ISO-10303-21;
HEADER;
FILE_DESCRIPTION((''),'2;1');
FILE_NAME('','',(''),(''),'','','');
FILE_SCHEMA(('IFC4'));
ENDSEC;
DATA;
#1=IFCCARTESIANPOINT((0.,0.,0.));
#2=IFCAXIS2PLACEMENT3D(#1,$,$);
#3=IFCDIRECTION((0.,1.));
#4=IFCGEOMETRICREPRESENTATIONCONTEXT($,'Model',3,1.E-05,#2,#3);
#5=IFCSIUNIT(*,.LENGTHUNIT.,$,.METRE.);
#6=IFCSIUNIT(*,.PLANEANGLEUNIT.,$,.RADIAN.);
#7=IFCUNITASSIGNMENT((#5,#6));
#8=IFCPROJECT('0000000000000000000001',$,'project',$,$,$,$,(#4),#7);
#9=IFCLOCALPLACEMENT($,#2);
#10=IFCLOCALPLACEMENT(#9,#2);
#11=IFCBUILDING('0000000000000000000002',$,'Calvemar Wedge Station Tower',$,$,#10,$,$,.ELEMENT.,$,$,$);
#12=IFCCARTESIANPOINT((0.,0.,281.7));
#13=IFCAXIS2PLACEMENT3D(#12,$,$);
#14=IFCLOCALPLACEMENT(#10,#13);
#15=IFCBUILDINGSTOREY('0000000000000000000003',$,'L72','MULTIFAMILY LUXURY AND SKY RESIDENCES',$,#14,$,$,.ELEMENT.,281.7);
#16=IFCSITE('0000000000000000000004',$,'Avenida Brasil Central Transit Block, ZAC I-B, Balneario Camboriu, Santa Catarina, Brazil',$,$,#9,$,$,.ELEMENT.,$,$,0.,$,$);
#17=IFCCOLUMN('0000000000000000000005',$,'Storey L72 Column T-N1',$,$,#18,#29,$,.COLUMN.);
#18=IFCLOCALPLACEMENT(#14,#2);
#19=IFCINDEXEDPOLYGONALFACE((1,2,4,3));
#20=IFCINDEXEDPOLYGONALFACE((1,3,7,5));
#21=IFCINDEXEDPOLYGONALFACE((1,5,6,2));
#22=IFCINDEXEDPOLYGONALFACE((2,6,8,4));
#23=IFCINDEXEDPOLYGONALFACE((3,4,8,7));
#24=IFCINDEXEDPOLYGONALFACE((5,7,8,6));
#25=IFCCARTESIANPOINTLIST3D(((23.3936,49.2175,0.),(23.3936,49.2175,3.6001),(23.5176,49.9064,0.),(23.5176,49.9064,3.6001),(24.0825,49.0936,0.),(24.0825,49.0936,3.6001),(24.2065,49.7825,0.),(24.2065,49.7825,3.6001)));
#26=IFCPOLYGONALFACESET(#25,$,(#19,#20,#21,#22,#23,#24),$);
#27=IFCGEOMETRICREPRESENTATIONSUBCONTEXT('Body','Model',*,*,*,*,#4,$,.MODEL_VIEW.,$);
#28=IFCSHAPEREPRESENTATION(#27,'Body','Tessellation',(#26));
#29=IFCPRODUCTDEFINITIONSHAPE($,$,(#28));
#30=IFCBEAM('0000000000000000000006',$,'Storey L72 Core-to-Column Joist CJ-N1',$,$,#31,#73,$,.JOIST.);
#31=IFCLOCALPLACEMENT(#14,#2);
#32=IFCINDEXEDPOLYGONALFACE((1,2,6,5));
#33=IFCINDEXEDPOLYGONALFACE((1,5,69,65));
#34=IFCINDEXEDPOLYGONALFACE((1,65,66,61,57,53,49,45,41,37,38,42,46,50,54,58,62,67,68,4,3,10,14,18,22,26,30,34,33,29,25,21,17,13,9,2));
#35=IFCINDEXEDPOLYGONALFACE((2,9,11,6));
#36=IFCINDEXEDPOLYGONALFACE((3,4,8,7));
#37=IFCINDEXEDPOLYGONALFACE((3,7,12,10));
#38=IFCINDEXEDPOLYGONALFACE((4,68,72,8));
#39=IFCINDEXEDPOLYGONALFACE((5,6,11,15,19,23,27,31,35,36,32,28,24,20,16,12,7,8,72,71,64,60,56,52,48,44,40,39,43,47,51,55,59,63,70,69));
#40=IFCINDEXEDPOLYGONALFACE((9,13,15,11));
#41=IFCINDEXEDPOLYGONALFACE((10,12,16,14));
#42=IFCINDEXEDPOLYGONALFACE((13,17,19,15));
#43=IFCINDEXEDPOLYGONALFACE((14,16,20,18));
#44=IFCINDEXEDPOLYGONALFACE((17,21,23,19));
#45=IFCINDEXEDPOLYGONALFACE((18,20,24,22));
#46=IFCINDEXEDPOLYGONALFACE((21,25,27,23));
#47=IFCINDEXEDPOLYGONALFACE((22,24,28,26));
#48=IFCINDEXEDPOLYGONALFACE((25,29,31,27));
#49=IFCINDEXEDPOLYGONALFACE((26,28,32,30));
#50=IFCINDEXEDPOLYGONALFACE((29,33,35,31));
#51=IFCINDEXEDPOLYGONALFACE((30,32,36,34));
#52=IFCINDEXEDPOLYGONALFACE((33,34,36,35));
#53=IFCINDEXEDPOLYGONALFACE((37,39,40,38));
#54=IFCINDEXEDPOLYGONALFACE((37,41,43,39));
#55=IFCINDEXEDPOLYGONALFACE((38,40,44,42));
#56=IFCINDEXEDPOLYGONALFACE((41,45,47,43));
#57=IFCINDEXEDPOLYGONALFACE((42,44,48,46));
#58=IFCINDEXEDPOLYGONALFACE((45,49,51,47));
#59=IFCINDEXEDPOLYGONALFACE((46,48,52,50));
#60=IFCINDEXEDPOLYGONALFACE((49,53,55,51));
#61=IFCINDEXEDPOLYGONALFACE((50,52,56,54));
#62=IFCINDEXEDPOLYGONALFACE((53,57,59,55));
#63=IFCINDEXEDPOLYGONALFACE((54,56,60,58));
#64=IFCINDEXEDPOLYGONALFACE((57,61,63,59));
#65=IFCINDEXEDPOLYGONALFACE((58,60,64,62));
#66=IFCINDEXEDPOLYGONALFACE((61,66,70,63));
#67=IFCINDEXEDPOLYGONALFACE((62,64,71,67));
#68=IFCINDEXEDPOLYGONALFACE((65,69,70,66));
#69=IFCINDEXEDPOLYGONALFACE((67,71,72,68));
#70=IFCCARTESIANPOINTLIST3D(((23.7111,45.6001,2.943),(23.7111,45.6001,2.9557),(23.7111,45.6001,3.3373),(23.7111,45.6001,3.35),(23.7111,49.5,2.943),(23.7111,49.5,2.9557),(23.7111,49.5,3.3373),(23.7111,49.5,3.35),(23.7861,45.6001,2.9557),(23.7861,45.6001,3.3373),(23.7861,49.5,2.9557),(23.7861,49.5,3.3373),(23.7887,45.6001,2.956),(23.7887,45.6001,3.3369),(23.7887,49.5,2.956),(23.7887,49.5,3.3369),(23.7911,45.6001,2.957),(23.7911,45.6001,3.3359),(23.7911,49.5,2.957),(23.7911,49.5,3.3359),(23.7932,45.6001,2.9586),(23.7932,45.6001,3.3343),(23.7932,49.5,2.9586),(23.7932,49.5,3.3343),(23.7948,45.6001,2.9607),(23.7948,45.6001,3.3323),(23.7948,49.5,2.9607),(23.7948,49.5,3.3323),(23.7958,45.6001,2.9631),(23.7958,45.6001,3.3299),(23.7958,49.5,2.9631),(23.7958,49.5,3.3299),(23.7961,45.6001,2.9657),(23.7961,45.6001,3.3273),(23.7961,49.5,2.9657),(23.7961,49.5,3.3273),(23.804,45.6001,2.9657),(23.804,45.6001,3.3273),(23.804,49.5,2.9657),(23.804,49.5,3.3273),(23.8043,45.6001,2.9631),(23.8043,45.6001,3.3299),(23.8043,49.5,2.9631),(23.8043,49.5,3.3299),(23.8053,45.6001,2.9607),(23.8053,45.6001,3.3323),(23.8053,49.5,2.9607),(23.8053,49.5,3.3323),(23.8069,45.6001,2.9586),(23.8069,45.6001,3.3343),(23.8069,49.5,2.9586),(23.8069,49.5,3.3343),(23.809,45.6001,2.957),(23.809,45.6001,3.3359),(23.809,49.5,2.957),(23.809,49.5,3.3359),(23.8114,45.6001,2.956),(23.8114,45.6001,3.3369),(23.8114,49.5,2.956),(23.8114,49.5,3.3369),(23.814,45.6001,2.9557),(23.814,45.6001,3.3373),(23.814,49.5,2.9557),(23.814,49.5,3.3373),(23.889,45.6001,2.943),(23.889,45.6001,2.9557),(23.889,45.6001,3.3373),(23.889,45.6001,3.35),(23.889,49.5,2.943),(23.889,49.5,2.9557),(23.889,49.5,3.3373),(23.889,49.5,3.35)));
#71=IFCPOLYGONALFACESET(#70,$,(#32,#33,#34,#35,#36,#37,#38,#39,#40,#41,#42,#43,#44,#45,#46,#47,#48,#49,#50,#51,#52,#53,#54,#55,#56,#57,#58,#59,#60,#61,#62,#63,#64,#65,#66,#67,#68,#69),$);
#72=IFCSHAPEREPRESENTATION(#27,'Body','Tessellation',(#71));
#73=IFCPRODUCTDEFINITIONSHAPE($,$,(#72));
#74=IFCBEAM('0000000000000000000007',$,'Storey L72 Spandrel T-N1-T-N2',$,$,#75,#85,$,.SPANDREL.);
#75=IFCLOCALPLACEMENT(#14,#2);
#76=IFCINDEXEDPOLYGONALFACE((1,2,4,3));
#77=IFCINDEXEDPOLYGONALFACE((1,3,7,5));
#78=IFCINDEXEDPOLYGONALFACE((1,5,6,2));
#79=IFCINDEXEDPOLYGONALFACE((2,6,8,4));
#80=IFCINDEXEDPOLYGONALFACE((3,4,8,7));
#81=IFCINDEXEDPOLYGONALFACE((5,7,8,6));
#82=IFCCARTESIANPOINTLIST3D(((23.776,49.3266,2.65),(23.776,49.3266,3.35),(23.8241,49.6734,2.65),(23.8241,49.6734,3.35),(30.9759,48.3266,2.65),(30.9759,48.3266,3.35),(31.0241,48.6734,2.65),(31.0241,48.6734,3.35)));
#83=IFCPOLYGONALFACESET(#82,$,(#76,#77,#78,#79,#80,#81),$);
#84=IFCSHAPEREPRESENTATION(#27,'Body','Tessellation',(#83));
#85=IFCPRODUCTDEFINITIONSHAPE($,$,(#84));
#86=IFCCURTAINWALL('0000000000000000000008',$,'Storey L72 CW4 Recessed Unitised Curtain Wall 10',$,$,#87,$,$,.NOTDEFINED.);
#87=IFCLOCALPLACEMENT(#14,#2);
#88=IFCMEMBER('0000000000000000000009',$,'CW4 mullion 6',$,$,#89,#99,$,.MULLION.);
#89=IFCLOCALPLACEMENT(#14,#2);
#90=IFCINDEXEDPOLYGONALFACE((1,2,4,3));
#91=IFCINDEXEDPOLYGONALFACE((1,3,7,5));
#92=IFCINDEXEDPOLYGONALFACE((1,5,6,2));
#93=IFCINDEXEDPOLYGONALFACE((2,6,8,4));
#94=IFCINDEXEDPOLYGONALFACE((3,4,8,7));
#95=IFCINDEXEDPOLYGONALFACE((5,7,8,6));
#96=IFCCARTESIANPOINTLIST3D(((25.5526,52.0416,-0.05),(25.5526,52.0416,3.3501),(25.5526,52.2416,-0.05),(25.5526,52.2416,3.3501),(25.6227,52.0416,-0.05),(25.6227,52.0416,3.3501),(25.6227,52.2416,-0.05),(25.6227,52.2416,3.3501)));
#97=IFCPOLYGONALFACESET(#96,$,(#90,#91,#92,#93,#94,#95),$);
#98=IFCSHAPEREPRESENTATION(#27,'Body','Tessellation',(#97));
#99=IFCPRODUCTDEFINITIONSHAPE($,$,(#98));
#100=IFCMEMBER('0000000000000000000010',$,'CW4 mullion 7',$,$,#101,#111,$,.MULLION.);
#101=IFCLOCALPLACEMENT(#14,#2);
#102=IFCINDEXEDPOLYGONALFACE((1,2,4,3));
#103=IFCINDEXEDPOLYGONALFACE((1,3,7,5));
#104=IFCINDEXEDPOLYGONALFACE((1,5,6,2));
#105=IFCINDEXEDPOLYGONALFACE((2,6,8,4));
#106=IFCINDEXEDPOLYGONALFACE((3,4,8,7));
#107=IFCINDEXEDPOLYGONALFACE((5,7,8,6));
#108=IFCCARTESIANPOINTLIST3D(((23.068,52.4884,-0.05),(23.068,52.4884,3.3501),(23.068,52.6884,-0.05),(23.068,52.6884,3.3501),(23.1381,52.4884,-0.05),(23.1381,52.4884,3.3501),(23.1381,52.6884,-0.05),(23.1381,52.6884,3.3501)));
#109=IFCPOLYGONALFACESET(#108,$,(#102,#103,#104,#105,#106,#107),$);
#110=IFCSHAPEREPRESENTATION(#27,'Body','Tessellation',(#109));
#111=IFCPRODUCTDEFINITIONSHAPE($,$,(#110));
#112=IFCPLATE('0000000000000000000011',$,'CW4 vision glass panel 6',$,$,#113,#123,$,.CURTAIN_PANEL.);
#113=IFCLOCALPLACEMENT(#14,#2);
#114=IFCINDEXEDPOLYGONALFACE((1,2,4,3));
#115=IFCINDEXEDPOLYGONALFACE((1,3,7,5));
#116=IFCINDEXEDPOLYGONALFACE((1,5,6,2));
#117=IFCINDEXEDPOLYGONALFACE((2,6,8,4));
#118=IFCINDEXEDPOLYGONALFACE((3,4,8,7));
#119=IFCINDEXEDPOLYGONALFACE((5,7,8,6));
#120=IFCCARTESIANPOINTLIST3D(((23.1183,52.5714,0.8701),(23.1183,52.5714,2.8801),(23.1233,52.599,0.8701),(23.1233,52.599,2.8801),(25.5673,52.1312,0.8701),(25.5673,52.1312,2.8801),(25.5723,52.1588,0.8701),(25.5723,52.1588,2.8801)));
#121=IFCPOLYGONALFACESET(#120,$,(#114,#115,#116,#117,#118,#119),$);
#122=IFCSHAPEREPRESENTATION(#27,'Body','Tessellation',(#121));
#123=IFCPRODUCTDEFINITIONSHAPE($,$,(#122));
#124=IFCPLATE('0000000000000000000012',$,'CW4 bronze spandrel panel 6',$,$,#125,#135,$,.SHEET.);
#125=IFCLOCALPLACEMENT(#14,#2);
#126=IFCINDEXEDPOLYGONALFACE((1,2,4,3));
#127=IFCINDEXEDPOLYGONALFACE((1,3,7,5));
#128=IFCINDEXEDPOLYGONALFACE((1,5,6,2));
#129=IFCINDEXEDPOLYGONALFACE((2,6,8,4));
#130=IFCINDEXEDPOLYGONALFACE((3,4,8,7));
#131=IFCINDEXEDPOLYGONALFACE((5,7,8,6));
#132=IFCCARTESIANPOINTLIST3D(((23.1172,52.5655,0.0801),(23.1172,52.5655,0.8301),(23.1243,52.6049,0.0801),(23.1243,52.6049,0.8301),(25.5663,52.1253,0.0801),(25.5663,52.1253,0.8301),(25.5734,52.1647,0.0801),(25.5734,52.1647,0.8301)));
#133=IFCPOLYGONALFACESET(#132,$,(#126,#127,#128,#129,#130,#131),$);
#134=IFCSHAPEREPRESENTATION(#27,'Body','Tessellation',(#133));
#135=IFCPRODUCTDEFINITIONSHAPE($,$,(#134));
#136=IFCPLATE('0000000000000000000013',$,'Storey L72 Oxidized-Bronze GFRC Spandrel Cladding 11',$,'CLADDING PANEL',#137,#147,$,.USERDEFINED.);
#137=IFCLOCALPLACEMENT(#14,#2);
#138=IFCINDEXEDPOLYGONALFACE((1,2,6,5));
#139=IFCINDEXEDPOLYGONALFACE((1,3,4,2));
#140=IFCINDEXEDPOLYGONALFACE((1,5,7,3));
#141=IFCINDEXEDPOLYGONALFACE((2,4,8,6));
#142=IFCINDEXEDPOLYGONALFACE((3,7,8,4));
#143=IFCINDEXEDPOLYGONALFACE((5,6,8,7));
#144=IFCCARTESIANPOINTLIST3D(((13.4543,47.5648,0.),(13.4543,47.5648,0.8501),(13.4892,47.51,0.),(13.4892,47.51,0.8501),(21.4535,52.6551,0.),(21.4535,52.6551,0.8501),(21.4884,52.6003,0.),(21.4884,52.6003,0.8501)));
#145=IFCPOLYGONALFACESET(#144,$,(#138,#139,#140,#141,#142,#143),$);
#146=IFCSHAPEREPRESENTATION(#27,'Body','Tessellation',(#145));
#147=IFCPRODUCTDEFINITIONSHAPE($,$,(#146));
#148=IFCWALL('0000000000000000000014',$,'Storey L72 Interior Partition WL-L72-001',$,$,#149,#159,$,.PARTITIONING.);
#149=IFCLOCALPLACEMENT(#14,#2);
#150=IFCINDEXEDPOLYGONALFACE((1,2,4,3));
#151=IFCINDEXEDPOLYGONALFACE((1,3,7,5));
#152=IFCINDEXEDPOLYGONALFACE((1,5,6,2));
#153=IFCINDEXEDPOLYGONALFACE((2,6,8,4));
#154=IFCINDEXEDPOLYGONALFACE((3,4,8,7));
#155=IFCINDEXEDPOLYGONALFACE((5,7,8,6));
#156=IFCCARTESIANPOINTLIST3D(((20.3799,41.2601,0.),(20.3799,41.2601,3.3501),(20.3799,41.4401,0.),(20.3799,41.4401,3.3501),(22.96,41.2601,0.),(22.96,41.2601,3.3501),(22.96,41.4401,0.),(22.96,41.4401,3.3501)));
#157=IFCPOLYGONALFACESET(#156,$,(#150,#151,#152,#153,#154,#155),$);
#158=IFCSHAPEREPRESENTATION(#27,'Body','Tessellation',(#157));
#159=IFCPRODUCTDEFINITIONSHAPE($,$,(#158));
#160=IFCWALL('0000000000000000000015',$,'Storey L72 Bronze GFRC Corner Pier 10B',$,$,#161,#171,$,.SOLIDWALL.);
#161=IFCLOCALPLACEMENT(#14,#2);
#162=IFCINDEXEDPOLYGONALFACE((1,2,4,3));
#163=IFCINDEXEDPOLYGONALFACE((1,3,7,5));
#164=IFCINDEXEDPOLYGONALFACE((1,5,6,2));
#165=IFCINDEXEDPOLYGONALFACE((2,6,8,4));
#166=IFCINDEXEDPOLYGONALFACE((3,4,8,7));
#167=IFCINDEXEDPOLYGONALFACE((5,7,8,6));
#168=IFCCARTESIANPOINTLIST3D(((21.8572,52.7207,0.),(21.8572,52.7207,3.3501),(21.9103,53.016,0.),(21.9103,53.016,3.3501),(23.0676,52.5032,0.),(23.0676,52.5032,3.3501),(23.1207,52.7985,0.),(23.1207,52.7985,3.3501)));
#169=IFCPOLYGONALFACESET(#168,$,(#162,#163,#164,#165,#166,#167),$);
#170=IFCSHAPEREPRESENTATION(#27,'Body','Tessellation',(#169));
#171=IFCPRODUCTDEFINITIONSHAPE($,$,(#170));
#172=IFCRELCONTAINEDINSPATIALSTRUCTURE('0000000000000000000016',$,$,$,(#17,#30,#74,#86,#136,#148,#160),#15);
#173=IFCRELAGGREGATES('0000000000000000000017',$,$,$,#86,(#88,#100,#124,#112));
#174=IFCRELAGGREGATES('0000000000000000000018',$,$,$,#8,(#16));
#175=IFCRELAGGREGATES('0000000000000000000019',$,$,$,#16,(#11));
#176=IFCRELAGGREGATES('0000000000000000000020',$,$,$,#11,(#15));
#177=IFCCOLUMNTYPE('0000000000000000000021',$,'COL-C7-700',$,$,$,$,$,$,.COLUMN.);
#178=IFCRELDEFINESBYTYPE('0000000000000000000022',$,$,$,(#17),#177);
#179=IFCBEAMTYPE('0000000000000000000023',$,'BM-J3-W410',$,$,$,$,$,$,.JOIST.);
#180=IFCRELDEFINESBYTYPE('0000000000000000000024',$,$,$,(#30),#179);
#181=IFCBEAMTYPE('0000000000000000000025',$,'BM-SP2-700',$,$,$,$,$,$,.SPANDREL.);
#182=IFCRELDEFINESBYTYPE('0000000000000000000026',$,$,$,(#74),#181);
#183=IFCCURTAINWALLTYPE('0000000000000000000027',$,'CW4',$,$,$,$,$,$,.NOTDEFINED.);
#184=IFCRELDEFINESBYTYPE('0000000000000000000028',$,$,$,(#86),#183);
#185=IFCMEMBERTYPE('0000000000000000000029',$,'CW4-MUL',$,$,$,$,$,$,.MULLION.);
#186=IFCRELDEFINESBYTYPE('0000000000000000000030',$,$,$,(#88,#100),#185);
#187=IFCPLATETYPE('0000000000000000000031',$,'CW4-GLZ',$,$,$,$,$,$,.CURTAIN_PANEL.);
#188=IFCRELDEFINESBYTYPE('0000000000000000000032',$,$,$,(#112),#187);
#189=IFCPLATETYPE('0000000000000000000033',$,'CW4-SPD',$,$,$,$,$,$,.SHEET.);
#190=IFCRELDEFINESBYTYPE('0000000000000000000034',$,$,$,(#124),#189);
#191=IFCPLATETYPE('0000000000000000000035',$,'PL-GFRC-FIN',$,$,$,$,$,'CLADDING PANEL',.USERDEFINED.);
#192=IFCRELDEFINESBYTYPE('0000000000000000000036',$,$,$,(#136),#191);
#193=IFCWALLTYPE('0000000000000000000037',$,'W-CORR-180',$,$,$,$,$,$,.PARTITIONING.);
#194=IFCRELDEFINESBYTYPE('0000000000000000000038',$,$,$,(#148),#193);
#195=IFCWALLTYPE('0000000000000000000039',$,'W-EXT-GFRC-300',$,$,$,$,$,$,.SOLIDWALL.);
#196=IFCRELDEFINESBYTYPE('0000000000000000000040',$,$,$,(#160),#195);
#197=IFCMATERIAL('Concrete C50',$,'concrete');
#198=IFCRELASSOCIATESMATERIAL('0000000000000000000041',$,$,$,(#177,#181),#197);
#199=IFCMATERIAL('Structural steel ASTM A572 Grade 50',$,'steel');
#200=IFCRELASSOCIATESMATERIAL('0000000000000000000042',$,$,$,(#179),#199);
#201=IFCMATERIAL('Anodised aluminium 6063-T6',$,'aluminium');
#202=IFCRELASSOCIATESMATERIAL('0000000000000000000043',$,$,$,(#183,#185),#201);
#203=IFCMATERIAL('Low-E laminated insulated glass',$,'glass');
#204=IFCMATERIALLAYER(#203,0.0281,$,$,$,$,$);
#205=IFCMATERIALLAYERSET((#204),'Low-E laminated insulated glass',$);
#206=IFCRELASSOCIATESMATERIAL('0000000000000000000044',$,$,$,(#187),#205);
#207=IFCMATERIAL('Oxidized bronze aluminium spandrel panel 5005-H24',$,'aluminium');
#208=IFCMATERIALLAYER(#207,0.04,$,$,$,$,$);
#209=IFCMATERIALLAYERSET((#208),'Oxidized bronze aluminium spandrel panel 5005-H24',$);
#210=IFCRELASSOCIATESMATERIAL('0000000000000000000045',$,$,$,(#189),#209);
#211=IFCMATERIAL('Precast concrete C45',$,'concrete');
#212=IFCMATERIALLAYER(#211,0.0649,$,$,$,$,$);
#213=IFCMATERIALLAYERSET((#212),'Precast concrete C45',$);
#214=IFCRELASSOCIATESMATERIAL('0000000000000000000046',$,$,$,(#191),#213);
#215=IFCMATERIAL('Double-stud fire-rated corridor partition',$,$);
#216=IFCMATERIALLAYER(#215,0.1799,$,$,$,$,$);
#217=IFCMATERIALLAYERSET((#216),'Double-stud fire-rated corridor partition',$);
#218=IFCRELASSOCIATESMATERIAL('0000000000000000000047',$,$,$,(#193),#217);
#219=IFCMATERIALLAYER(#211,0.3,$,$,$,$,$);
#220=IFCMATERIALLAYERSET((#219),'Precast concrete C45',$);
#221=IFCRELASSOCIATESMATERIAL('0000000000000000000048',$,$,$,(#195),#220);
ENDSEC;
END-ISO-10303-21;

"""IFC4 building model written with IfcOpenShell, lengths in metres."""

from ifc_helpers import new_model, si_unit, direction, frame, frame_2d, origin, origin_2d, place, context, subcontext, project, spatial, rectangle, i_section, extrude, source, transform, mapped, material, layer, layer_set, material_profile, profile_set, type_object, element, aggregate, save


model = new_model("IFC4")

# Units and contexts
model_context = context("Model", 3, precision=1e-05, world=origin(), true_north=direction((0.0, 1.0)))
body_context = subcontext(model_context, "Body", "Model", "MODEL_VIEW")
ifc_project = project(units=[si_unit("LENGTHUNIT", "METRE"), si_unit("PLANEANGLEUNIT", "RADIAN")], contexts=[model_context])

# Site, building, storey
site_placement = place(None, origin())
site = spatial("IfcSite", under=ifc_project, at=site_placement, Name="Avenida Brasil Central Transit Block, ZAC I-B, Balneario Camboriu, Santa Catarina, Brazil", CompositionType="ELEMENT", RefElevation=0.0)
building_placement = place(site_placement, origin())
building = spatial("IfcBuilding", under=site, at=building_placement, Name="Calvemar Wedge Station Tower", CompositionType="ELEMENT")
storey_placement = place(building_placement, frame((0.0, 0.0, 281.7)))
storey = spatial("IfcBuildingStorey", under=building, at=storey_placement, Name="L72", Description="MULTIFAMILY LUXURY AND SKY RESIDENCES", CompositionType="ELEMENT", Elevation=281.7)

# Column
ifc_material_1 = material(Name="Concrete C50", Category="concrete")
ifc_material_profile_1 = material_profile(ifc_material_1, rectangle(XDim=0.7, YDim=0.7, at=origin_2d()), Name="RC700x700")
ifc_profile_set_1 = profile_set([ifc_material_profile_1], Name="Concrete C50")
column_type = type_object("IfcColumnType", Name="COL-C7-700", PredefinedType="COLUMN", material=ifc_profile_set_1)
shared_shape_1 = source(origin(), body_context, "Body", "SweptSolid", [
    extrude(rectangle(XDim=0.7, YDim=0.7, at=origin_2d()), origin(), (0.0, 0.0, 1.0), 3.6001),
])
column_placement = place(storey_placement, frame((23.8, 49.5, 0.0), z_axis=(0.0, 0.0, 1.0), x_axis=(0.984196, -0.177085, 0.0)))
element("IfcColumn", 1, at=column_placement, inside=storey, type_object=column_type, Name="Storey L72 Column T-N1", PredefinedType="COLUMN", context=body_context, shape_type="MappedRepresentation", body=[
    mapped(shared_shape_1, transform((0.0, 0.0, 0.0), scale=1.0)),
])

# Beams
ifc_material_2 = material(Name="Structural steel ASTM A572 Grade 50", Category="steel")
ifc_material_profile_2 = material_profile(ifc_material_2, i_section(OverallWidth=0.178, OverallDepth=0.407, WebThickness=0.0078, FlangeThickness=0.0127, FilletRadius=0.01, at=origin_2d()), Name="W410x60")
ifc_profile_set_2 = profile_set([ifc_material_profile_2], Name="Structural steel ASTM A572 Grade 50")
beam_type_1 = type_object("IfcBeamType", Name="BM-J3-W410", PredefinedType="JOIST", material=ifc_profile_set_2)
shared_shape_2 = source(origin(), body_context, "Body", "SweptSolid", [
    extrude(i_section(OverallWidth=0.178, OverallDepth=0.407, WebThickness=0.0078, FlangeThickness=0.0127, FilletRadius=0.01, at=origin_2d()), origin(), (0.0, 0.0, 1.0), 3.8999),
])
beam_1_placement = place(storey_placement, frame((23.8, 45.6001, 3.1465), z_axis=(0.0, 1.0, 0.0), x_axis=(-1.0, 0.0, 0.0)))
element("IfcBeam", 2, at=beam_1_placement, inside=storey, type_object=beam_type_1, Name="Storey L72 Core-to-Column Joist CJ-N1", PredefinedType="JOIST", context=body_context, shape_type="MappedRepresentation", body=[
    mapped(shared_shape_2, transform((0.0, 0.0, 0.0), scale=1.0)),
])
ifc_material_profile_3 = material_profile(ifc_material_1, rectangle(XDim=0.3501, YDim=0.7, at=origin_2d()), Name="RC350x700")
ifc_profile_set_3 = profile_set([ifc_material_profile_3], Name="Concrete C50")
beam_type_2 = type_object("IfcBeamType", Name="BM-SP2-700", PredefinedType="SPANDREL", material=ifc_profile_set_3)
shared_shape_3 = source(origin(), body_context, "Body", "SweptSolid", [
    extrude(rectangle(XDim=0.3501, YDim=0.7, at=origin_2d()), origin(), (0.0, 0.0, 1.0), 7.269),
])
beam_2_placement = place(storey_placement, frame((23.8, 49.5, 3.0), z_axis=(0.990492, -0.137569, 0.0), x_axis=(0.137569, 0.990492, 0.0)))
element("IfcBeam", 3, at=beam_2_placement, inside=storey, type_object=beam_type_2, Name="Storey L72 Spandrel T-N1-T-N2", PredefinedType="SPANDREL", context=body_context, shape_type="MappedRepresentation", body=[
    mapped(shared_shape_3, transform((0.0, 0.0, 0.0), scale=1.0)),
])

# Curtain wall, members, plates
ifc_material_3 = material(Name="Anodised aluminium 6063-T6", Category="aluminium")
curtain_wall_type = type_object("IfcCurtainWallType", Name="CW4", PredefinedType="NOTDEFINED", material=ifc_material_3)
curtain_wall_placement = place(storey_placement, origin())
curtain_wall = element("IfcCurtainWall", 4, at=curtain_wall_placement, inside=storey, type_object=curtain_wall_type, Name="Storey L72 CW4 Recessed Unitised Curtain Wall 10", PredefinedType="NOTDEFINED")
ifc_material_profile_4 = material_profile(ifc_material_3, rectangle(XDim=0.0701, YDim=0.2, at=origin_2d()), Name="AL-MUL-70x200")
ifc_profile_set_4 = profile_set([ifc_material_profile_4], Name="Anodised aluminium 6063-T6")
member_type = type_object("IfcMemberType", Name="CW4-MUL", PredefinedType="MULLION", material=ifc_profile_set_4)
shared_shape_4 = source(origin(), body_context, "Body", "SweptSolid", [
    extrude(rectangle(XDim=0.0701, YDim=0.2, at=origin_2d()), origin(), (0.0, 0.0, 1.0), 3.4001),
])
member_1_placement = place(storey_placement, frame((25.5876, 52.1416, -0.05), z_axis=(0.0, 0.0, 1.0), x_axis=(1.0, 0.0, 0.0)))
member_1 = element("IfcMember", 5, at=member_1_placement, type_object=member_type, Name="CW4 mullion 6", PredefinedType="MULLION", context=body_context, shape_type="MappedRepresentation", body=[
    mapped(shared_shape_4, transform((0.0, 0.0, 0.0), scale=1.0)),
])
member_2_placement = place(storey_placement, frame((23.103, 52.5884, -0.05), z_axis=(0.0, 0.0, 1.0), x_axis=(1.0, 0.0, 0.0)))
member_2 = element("IfcMember", 6, at=member_2_placement, type_object=member_type, Name="CW4 mullion 7", PredefinedType="MULLION", context=body_context, shape_type="MappedRepresentation", body=[
    mapped(shared_shape_4, transform((0.0, 0.0, 0.0), scale=1.0)),
])
ifc_material_4 = material(Name="Low-E laminated insulated glass", Category="glass")
ifc_layer_1 = layer(ifc_material_4, 0.0281)
ifc_layer_set_1 = layer_set([ifc_layer_1], Name="Low-E laminated insulated glass")
plate_type_1 = type_object("IfcPlateType", Name="CW4-GLZ", PredefinedType="CURTAIN_PANEL", material=ifc_layer_set_1)
plate_1_placement = place(storey_placement, frame((25.5698, 52.145, 0.8701), z_axis=(0.0, 0.0, 1.0), x_axis=(-0.984227, 0.176908, 0.0)))
plate_1 = element("IfcPlate", 7, at=plate_1_placement, type_object=plate_type_1, Name="CW4 vision glass panel 6", PredefinedType="CURTAIN_PANEL", context=body_context, shape_type="SweptSolid", body=[
    extrude(rectangle(XDim=2.4883, YDim=0.0281, at=frame_2d((1.2441, 0.0))), origin(), (0.0, 0.0, 1.0), 2.01),
])
ifc_material_5 = material(Name="Oxidized bronze aluminium spandrel panel 5005-H24", Category="aluminium")
ifc_layer_2 = layer(ifc_material_5, 0.04)
ifc_layer_set_2 = layer_set([ifc_layer_2], Name="Oxidized bronze aluminium spandrel panel 5005-H24")
plate_type_2 = type_object("IfcPlateType", Name="CW4-SPD", PredefinedType="SHEET", material=ifc_layer_set_2)
plate_2_placement = place(storey_placement, frame((25.5698, 52.145, 0.0801), z_axis=(0.0, 0.0, 1.0), x_axis=(-0.984227, 0.176908, 0.0)))
plate_2 = element("IfcPlate", 8, at=plate_2_placement, type_object=plate_type_2, Name="CW4 bronze spandrel panel 6", PredefinedType="SHEET", context=body_context, shape_type="SweptSolid", body=[
    extrude(rectangle(XDim=2.4883, YDim=0.04, at=frame_2d((1.2441, 0.0))), origin(), (0.0, 0.0, 1.0), 0.75),
])
aggregate(curtain_wall, [member_1, member_2, plate_2, plate_1])

# Plate
ifc_material_6 = material(Name="Precast concrete C45", Category="concrete")
ifc_layer_3 = layer(ifc_material_6, 0.0649)
ifc_layer_set_3 = layer_set([ifc_layer_3], Name="Precast concrete C45")
plate_type_3 = type_object("IfcPlateType", Name="PL-GFRC-FIN", ElementType="CLADDING PANEL", PredefinedType="USERDEFINED", material=ifc_layer_set_3)
plate_3_placement = place(storey_placement, frame((21.4709, 52.6277, 0.0), z_axis=(0.0, 0.0, 1.0), x_axis=(-0.843667, -0.536867, 0.0)))
element("IfcPlate", 9, at=plate_3_placement, inside=storey, type_object=plate_type_3, Name="Storey L72 Oxidized-Bronze GFRC Spandrel Cladding 11", ObjectType="CLADDING PANEL", PredefinedType="USERDEFINED", context=body_context, shape_type="SweptSolid", body=[
    extrude(rectangle(XDim=9.4814, YDim=0.0649, at=frame_2d((4.7407, 0.0))), origin(), (0.0, 0.0, 1.0), 0.8501),
])

# Wall
ifc_material_7 = material(Name="Double-stud fire-rated corridor partition")
ifc_layer_4 = layer(ifc_material_7, 0.1799)
ifc_layer_set_4 = layer_set([ifc_layer_4], Name="Double-stud fire-rated corridor partition")
wall_type_1 = type_object("IfcWallType", Name="W-CORR-180", PredefinedType="PARTITIONING", material=ifc_layer_set_4)
wall_1_placement = place(storey_placement, frame((22.96, 41.3501, 0.0), z_axis=(0.0, 0.0, 1.0), x_axis=(-1.0, 0.0, 0.0)))
element("IfcWall", 10, at=wall_1_placement, inside=storey, type_object=wall_type_1, Name="Storey L72 Interior Partition WL-L72-001", PredefinedType="PARTITIONING", context=body_context, shape_type="SweptSolid", body=[
    extrude(rectangle(XDim=2.5801, YDim=0.1799, at=frame_2d((1.29, 0.0))), origin(), (0.0, 0.0, 1.0), 3.3501),
])

# Wall
ifc_layer_5 = layer(ifc_material_6, 0.3)
ifc_layer_set_5 = layer_set([ifc_layer_5], Name="Precast concrete C45")
wall_type_2 = type_object("IfcWallType", Name="W-EXT-GFRC-300", PredefinedType="SOLIDWALL", material=ifc_layer_set_5)
wall_2_placement = place(storey_placement, frame((23.094, 52.6509, 0.0), z_axis=(0.0, 0.0, 1.0), x_axis=(-0.984233, 0.176876, 0.0)))
element("IfcWall", 11, at=wall_2_placement, inside=storey, type_object=wall_type_2, Name="Storey L72 Bronze GFRC Corner Pier 10B", PredefinedType="SOLIDWALL", context=body_context, shape_type="SweptSolid", body=[
    extrude(rectangle(XDim=1.2297, YDim=0.3, at=frame_2d((0.6147, 0.0))), origin(), (0.0, 0.0, 1.0), 3.3501),
])

save(model, "model.ifc")
